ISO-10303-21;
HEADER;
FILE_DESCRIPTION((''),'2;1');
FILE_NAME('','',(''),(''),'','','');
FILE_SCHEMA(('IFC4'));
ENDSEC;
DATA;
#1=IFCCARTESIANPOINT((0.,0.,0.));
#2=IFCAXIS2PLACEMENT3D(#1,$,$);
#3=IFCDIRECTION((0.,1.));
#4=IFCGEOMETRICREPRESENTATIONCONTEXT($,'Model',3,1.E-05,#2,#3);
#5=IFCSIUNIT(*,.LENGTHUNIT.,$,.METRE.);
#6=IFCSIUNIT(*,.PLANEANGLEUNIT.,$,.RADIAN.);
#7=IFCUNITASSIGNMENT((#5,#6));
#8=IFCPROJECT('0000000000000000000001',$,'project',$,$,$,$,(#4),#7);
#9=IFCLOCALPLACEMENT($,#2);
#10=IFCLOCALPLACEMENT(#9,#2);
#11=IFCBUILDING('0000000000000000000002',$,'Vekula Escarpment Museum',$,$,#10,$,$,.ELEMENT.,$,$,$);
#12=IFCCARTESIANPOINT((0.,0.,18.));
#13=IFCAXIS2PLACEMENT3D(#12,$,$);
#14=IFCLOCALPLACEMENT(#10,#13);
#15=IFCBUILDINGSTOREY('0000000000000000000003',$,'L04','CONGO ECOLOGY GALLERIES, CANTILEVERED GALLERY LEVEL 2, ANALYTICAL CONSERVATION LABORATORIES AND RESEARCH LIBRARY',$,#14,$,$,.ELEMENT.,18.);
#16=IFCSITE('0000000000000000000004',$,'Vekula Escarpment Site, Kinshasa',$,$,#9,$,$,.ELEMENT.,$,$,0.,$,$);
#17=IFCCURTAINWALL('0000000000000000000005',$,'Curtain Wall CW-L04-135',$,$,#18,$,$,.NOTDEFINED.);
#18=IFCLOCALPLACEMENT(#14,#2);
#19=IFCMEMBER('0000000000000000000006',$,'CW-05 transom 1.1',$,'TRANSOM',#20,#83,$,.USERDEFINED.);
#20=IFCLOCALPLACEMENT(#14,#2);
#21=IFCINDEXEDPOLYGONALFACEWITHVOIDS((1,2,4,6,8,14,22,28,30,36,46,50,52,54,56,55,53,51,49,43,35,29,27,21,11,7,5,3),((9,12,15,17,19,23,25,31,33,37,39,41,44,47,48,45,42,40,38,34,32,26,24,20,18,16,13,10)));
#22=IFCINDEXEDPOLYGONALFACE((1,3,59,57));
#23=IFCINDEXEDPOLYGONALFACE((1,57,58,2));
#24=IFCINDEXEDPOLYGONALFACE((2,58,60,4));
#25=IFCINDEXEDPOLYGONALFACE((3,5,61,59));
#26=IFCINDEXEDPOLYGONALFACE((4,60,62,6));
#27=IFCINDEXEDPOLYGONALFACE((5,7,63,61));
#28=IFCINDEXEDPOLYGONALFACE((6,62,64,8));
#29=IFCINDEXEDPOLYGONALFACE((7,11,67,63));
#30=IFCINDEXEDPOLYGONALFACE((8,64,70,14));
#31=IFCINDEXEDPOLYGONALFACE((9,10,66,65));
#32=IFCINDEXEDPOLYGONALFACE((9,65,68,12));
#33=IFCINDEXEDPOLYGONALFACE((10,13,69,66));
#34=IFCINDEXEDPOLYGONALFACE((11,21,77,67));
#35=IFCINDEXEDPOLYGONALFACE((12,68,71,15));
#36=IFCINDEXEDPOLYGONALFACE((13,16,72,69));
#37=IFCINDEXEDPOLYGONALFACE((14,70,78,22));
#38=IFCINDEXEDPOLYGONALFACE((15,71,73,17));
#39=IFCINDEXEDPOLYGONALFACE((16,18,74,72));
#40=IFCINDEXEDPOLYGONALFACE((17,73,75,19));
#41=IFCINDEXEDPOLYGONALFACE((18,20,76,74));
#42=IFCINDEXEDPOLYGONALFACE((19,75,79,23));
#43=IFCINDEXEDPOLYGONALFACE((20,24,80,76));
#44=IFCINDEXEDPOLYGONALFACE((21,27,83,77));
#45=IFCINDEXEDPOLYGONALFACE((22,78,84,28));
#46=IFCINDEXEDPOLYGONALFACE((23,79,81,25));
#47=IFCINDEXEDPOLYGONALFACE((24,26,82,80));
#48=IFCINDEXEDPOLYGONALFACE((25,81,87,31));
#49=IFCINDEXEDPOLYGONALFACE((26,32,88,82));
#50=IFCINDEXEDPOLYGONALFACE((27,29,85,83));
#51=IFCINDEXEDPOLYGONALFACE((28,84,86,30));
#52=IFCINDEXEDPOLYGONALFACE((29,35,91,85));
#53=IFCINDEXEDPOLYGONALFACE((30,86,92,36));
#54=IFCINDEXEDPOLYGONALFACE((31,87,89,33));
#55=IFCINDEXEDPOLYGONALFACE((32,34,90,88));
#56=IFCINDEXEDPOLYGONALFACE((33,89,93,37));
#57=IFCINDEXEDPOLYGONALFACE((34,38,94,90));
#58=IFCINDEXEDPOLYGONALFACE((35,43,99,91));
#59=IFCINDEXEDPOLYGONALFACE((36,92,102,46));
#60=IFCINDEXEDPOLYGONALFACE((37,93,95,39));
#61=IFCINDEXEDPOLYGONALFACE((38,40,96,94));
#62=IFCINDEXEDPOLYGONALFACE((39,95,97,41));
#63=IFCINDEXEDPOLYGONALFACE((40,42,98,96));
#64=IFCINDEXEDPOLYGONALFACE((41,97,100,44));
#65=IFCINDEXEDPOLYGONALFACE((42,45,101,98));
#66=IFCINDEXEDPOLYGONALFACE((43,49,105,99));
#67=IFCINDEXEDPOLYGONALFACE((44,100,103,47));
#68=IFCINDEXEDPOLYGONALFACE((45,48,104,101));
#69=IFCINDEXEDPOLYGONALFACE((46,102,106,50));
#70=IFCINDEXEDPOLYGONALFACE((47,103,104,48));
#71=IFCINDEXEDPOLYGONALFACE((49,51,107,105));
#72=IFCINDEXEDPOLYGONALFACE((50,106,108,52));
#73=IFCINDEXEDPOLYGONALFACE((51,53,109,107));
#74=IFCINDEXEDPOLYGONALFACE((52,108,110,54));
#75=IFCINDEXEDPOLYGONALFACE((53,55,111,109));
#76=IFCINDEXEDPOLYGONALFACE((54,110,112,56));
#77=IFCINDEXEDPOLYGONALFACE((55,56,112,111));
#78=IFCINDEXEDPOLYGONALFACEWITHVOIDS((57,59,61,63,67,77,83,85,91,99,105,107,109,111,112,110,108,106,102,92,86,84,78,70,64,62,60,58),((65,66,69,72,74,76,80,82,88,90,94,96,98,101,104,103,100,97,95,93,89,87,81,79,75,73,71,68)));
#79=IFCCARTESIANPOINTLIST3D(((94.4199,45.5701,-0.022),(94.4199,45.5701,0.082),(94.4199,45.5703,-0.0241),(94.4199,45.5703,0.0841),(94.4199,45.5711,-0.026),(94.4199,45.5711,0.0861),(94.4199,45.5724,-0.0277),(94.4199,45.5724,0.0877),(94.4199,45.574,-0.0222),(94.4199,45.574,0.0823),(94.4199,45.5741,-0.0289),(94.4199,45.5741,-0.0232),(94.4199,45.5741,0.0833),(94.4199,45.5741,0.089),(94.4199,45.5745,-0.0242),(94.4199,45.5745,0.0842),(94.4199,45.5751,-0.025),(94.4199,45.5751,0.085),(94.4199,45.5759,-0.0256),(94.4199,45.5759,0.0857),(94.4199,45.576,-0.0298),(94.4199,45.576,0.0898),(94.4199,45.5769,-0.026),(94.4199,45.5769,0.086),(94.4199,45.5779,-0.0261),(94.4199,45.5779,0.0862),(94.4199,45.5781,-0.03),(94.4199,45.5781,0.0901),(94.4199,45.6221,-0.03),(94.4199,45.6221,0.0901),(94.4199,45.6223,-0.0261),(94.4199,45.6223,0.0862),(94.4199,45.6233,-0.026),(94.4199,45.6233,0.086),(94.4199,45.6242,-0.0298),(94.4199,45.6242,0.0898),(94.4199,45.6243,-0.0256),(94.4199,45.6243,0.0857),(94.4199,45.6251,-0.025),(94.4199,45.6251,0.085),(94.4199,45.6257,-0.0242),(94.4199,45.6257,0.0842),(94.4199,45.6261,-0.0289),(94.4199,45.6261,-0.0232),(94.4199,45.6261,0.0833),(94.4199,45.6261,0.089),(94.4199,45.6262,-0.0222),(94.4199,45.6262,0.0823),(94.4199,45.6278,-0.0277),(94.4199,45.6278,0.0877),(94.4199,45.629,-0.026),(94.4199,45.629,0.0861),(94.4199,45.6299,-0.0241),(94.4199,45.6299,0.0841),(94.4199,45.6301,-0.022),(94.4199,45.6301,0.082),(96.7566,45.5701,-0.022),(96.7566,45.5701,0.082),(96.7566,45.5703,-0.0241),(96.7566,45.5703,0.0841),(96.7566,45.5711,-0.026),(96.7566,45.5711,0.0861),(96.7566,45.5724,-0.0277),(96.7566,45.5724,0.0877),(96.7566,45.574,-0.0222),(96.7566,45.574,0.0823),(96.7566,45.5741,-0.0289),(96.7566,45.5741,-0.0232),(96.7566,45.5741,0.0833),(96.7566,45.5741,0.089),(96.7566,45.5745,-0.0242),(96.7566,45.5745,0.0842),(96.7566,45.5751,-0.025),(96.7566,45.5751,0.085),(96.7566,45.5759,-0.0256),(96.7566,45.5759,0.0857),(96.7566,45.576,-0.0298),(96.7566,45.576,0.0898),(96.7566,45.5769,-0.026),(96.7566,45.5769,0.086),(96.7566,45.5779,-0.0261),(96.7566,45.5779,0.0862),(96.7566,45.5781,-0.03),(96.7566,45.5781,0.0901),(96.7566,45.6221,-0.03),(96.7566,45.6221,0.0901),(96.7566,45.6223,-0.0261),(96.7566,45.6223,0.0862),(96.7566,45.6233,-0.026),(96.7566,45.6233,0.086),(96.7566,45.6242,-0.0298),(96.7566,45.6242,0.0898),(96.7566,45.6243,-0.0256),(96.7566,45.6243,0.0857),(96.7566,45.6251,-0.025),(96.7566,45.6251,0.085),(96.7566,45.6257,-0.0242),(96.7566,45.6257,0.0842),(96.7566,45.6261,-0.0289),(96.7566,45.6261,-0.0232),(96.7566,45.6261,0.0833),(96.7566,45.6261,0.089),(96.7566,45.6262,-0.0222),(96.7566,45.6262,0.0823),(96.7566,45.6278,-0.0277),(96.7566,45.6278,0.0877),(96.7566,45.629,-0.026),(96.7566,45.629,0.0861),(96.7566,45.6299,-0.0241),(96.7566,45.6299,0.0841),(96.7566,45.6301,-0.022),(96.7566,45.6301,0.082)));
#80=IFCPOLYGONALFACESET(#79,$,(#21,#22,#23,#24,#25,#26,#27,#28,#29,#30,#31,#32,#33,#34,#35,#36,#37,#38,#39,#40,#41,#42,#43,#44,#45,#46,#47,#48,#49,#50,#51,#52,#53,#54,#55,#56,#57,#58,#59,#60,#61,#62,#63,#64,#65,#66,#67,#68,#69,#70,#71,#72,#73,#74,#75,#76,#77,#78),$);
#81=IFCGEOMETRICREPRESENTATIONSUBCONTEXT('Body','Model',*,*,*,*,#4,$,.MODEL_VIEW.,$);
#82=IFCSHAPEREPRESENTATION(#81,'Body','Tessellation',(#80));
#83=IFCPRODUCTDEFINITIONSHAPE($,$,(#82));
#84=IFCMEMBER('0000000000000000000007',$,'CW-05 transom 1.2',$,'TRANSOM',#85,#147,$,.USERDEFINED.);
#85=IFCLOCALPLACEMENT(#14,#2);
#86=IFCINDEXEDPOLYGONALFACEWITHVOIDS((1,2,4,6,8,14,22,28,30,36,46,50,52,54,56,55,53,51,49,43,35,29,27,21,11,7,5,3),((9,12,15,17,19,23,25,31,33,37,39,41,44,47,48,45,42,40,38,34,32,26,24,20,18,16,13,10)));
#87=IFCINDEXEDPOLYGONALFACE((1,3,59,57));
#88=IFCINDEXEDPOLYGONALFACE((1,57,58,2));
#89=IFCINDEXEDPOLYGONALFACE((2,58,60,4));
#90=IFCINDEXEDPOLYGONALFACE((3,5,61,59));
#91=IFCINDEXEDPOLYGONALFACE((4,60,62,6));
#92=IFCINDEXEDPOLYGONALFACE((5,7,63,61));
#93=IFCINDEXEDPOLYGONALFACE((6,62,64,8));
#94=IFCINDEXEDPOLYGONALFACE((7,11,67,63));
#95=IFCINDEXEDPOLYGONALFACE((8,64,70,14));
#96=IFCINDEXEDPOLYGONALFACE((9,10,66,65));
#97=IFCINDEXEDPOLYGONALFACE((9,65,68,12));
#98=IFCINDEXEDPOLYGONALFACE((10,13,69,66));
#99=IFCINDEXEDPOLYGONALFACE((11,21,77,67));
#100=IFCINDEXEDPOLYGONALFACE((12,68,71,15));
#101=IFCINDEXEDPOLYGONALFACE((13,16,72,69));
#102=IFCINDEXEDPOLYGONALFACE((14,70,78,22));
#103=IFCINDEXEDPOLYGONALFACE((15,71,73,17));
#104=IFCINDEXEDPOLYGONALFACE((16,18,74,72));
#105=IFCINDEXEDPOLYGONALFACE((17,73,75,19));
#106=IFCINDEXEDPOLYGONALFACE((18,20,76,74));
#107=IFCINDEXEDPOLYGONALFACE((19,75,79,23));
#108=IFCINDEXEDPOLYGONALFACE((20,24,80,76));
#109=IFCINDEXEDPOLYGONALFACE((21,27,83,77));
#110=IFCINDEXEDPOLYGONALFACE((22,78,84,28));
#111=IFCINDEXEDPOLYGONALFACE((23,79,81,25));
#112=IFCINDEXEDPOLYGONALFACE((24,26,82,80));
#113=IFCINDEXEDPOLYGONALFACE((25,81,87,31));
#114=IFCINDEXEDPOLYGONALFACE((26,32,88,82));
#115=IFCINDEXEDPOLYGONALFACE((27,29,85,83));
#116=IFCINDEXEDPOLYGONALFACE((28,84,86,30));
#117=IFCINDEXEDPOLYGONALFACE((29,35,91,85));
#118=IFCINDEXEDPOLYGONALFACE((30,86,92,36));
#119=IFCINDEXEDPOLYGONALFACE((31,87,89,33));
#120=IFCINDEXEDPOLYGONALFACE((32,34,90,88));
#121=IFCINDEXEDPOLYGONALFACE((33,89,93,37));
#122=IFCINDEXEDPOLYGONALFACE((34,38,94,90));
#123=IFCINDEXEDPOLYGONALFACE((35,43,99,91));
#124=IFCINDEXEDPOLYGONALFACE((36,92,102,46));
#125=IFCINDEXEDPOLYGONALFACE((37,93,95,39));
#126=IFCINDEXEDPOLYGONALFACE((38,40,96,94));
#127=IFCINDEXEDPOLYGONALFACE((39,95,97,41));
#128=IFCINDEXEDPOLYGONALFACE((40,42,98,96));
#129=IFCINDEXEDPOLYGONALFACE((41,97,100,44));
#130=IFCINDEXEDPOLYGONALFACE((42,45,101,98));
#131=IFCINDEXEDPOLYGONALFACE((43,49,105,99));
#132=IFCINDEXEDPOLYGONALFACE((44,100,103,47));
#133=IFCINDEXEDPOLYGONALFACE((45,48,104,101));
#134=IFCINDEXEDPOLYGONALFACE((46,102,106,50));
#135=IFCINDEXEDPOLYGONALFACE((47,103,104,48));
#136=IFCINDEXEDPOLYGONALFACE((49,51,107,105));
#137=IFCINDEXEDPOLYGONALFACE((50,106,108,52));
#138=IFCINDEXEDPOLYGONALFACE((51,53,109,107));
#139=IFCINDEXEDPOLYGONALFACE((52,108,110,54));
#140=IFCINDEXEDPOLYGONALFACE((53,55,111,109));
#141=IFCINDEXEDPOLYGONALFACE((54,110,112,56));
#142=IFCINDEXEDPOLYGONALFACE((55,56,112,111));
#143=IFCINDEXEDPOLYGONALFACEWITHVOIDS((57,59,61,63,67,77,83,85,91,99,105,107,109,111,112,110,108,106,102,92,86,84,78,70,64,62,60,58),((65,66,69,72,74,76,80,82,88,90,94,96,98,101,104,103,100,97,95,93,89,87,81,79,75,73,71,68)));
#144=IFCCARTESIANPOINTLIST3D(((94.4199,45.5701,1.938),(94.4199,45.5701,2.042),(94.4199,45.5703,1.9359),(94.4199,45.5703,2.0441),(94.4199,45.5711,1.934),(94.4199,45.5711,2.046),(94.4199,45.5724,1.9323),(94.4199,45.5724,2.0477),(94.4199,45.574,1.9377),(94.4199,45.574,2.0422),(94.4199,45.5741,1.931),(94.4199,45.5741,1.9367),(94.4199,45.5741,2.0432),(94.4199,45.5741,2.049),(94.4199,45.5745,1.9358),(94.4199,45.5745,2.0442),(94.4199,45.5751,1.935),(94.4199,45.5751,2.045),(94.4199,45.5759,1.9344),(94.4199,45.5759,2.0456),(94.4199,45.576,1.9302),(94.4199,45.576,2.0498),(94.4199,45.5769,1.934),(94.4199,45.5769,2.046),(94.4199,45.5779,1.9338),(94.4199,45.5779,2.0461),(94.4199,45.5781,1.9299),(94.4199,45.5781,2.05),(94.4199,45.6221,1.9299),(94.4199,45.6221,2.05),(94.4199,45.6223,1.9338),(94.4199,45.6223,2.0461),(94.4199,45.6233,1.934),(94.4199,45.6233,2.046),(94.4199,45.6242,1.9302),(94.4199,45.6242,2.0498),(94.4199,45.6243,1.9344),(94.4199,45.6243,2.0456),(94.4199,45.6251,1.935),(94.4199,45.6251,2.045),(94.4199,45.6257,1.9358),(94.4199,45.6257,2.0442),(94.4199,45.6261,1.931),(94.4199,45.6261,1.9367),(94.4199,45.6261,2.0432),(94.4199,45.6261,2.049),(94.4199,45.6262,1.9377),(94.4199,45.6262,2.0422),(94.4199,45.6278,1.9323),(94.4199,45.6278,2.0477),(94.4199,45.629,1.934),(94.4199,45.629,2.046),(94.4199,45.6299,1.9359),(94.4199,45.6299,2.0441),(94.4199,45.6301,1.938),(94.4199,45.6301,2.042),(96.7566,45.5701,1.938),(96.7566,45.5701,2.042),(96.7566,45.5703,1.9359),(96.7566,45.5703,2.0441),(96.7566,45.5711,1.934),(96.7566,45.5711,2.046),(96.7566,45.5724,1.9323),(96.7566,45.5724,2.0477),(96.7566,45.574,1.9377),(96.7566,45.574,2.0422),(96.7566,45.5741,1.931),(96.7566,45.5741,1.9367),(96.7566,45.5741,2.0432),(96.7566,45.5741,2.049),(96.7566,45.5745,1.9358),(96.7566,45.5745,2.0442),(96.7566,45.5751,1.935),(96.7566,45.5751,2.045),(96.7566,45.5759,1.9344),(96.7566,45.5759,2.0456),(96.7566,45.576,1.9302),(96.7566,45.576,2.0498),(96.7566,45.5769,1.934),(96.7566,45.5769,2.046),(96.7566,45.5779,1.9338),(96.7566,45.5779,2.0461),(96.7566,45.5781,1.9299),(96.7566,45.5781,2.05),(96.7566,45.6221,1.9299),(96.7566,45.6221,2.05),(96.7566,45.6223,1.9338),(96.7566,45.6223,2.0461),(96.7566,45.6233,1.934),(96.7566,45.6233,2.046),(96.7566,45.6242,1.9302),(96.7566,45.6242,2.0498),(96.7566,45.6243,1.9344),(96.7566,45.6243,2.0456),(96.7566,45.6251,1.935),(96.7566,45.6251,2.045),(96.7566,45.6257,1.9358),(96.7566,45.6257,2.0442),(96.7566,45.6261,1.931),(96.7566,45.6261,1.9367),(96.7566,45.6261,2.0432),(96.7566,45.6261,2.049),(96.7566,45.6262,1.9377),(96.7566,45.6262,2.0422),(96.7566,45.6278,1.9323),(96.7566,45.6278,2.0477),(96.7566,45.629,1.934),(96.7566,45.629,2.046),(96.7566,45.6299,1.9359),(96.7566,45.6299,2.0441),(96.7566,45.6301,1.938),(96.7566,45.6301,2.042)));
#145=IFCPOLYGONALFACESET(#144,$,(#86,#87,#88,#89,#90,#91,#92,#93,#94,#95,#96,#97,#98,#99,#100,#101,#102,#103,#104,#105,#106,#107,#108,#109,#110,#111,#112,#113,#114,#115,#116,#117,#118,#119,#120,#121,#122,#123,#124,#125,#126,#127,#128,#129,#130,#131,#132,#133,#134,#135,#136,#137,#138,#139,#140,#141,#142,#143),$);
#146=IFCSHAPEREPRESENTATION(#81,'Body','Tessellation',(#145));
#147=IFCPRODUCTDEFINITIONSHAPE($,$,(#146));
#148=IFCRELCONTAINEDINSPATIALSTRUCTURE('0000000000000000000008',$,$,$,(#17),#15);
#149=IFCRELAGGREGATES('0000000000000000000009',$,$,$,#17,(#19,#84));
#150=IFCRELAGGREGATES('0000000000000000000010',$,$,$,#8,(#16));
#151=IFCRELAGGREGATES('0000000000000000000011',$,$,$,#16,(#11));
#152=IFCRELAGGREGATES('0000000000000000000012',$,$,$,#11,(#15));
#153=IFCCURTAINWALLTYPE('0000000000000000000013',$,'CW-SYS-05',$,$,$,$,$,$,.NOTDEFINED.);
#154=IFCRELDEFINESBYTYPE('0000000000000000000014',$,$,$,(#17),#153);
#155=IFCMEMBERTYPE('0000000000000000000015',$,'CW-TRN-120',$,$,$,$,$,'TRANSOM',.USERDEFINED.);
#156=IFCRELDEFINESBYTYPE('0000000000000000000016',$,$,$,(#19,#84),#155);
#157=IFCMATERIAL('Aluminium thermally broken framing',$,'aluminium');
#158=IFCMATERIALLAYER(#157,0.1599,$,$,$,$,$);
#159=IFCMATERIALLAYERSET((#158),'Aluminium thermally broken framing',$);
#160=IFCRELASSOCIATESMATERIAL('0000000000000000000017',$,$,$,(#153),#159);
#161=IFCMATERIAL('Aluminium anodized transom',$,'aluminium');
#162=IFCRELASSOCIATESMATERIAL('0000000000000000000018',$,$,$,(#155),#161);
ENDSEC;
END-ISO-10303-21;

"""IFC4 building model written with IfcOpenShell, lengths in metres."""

from ifc_helpers import new_model, si_unit, direction, frame, origin, origin_2d, place, context, subcontext, project, spatial, hollow_rectangle, extrude, material, layer, layer_set, material_profile, profile_set, type_object, element, aggregate, save


model = new_model("IFC4")

# Units and contexts
model_context = context("Model", 3, precision=1e-05, world=origin(), true_north=direction((0.0, 1.0)))
body_context = subcontext(model_context, "Body", "Model", "MODEL_VIEW")
ifc_project = project(units=[si_unit("LENGTHUNIT", "METRE"), si_unit("PLANEANGLEUNIT", "RADIAN")], contexts=[model_context])

# Site, building, storey
site_placement = place(None, origin())
site = spatial("IfcSite", under=ifc_project, at=site_placement, Name="Vekula Escarpment Site, Kinshasa", CompositionType="ELEMENT", RefElevation=0.0)
building_placement = place(site_placement, origin())
building = spatial("IfcBuilding", under=site, at=building_placement, Name="Vekula Escarpment Museum", CompositionType="ELEMENT")
storey_placement = place(building_placement, frame((0.0, 0.0, 18.0)))
storey = spatial("IfcBuildingStorey", under=building, at=storey_placement, Name="L04", Description="CONGO ECOLOGY GALLERIES, CANTILEVERED GALLERY LEVEL 2, ANALYTICAL CONSERVATION LABORATORIES AND RESEARCH LIBRARY", CompositionType="ELEMENT", Elevation=18.0)

# Curtain wall
ifc_material_1 = material(Name="Aluminium thermally broken framing", Category="aluminium")
ifc_layer_1 = layer(ifc_material_1, 0.1599)
ifc_layer_set_1 = layer_set([ifc_layer_1], Name="Aluminium thermally broken framing")
curtain_wall_type_1 = type_object("IfcCurtainWallType", Name="CW-SYS-05", PredefinedType="NOTDEFINED", material=ifc_layer_set_1)
curtain_wall_1_placement = place(storey_placement, origin())
curtain_wall_1 = element("IfcCurtainWall", 1, at=curtain_wall_1_placement, inside=storey, type_object=curtain_wall_type_1, Name="Curtain Wall CW-L04-135", PredefinedType="NOTDEFINED")

# Members
ifc_material_2 = material(Name="Aluminium anodized transom", Category="aluminium")
ifc_material_profile_1 = material_profile(ifc_material_2, hollow_rectangle(XDim=0.0601, YDim=0.1201, WallThickness=0.0039, InnerFilletRadius=0.0039, OuterFilletRadius=0.0081, at=origin_2d()), Name="ALU 120x60x4")
ifc_profile_set_1 = profile_set([ifc_material_profile_1], Name="Aluminium anodized transom")
member_type_1 = type_object("IfcMemberType", Name="CW-TRN-120", ElementType="TRANSOM", PredefinedType="USERDEFINED", material=ifc_profile_set_1)
member_1_placement = place(storey_placement, frame((94.4199, 45.6001, 0.03), z_axis=(1.0, 0.0, 0.0), x_axis=(0.0, 1.0, 0.0)))
member_1 = element("IfcMember", 2, at=member_1_placement, type_object=member_type_1, Name="CW-05 transom 1.1", ObjectType="TRANSOM", PredefinedType="USERDEFINED", context=body_context, shape_type="SweptSolid", body=[
    extrude(hollow_rectangle(XDim=0.0601, YDim=0.1201, WallThickness=0.0039, InnerFilletRadius=0.0039, OuterFilletRadius=0.0081, at=origin_2d()), origin(), (0.0, 0.0, 1.0), 2.3367),
])
member_2_placement = place(storey_placement, frame((94.4199, 45.6001, 1.99), z_axis=(1.0, 0.0, 0.0), x_axis=(0.0, 1.0, 0.0)))
member_2 = element("IfcMember", 3, at=member_2_placement, type_object=member_type_1, Name="CW-05 transom 1.2", ObjectType="TRANSOM", PredefinedType="USERDEFINED", context=body_context, shape_type="SweptSolid", body=[
    extrude(hollow_rectangle(XDim=0.0601, YDim=0.1201, WallThickness=0.0039, InnerFilletRadius=0.0039, OuterFilletRadius=0.0081, at=origin_2d()), origin(), (0.0, 0.0, 1.0), 2.3367),
])

aggregate(curtain_wall_1, [member_1, member_2])

save(model, "model.ifc")
